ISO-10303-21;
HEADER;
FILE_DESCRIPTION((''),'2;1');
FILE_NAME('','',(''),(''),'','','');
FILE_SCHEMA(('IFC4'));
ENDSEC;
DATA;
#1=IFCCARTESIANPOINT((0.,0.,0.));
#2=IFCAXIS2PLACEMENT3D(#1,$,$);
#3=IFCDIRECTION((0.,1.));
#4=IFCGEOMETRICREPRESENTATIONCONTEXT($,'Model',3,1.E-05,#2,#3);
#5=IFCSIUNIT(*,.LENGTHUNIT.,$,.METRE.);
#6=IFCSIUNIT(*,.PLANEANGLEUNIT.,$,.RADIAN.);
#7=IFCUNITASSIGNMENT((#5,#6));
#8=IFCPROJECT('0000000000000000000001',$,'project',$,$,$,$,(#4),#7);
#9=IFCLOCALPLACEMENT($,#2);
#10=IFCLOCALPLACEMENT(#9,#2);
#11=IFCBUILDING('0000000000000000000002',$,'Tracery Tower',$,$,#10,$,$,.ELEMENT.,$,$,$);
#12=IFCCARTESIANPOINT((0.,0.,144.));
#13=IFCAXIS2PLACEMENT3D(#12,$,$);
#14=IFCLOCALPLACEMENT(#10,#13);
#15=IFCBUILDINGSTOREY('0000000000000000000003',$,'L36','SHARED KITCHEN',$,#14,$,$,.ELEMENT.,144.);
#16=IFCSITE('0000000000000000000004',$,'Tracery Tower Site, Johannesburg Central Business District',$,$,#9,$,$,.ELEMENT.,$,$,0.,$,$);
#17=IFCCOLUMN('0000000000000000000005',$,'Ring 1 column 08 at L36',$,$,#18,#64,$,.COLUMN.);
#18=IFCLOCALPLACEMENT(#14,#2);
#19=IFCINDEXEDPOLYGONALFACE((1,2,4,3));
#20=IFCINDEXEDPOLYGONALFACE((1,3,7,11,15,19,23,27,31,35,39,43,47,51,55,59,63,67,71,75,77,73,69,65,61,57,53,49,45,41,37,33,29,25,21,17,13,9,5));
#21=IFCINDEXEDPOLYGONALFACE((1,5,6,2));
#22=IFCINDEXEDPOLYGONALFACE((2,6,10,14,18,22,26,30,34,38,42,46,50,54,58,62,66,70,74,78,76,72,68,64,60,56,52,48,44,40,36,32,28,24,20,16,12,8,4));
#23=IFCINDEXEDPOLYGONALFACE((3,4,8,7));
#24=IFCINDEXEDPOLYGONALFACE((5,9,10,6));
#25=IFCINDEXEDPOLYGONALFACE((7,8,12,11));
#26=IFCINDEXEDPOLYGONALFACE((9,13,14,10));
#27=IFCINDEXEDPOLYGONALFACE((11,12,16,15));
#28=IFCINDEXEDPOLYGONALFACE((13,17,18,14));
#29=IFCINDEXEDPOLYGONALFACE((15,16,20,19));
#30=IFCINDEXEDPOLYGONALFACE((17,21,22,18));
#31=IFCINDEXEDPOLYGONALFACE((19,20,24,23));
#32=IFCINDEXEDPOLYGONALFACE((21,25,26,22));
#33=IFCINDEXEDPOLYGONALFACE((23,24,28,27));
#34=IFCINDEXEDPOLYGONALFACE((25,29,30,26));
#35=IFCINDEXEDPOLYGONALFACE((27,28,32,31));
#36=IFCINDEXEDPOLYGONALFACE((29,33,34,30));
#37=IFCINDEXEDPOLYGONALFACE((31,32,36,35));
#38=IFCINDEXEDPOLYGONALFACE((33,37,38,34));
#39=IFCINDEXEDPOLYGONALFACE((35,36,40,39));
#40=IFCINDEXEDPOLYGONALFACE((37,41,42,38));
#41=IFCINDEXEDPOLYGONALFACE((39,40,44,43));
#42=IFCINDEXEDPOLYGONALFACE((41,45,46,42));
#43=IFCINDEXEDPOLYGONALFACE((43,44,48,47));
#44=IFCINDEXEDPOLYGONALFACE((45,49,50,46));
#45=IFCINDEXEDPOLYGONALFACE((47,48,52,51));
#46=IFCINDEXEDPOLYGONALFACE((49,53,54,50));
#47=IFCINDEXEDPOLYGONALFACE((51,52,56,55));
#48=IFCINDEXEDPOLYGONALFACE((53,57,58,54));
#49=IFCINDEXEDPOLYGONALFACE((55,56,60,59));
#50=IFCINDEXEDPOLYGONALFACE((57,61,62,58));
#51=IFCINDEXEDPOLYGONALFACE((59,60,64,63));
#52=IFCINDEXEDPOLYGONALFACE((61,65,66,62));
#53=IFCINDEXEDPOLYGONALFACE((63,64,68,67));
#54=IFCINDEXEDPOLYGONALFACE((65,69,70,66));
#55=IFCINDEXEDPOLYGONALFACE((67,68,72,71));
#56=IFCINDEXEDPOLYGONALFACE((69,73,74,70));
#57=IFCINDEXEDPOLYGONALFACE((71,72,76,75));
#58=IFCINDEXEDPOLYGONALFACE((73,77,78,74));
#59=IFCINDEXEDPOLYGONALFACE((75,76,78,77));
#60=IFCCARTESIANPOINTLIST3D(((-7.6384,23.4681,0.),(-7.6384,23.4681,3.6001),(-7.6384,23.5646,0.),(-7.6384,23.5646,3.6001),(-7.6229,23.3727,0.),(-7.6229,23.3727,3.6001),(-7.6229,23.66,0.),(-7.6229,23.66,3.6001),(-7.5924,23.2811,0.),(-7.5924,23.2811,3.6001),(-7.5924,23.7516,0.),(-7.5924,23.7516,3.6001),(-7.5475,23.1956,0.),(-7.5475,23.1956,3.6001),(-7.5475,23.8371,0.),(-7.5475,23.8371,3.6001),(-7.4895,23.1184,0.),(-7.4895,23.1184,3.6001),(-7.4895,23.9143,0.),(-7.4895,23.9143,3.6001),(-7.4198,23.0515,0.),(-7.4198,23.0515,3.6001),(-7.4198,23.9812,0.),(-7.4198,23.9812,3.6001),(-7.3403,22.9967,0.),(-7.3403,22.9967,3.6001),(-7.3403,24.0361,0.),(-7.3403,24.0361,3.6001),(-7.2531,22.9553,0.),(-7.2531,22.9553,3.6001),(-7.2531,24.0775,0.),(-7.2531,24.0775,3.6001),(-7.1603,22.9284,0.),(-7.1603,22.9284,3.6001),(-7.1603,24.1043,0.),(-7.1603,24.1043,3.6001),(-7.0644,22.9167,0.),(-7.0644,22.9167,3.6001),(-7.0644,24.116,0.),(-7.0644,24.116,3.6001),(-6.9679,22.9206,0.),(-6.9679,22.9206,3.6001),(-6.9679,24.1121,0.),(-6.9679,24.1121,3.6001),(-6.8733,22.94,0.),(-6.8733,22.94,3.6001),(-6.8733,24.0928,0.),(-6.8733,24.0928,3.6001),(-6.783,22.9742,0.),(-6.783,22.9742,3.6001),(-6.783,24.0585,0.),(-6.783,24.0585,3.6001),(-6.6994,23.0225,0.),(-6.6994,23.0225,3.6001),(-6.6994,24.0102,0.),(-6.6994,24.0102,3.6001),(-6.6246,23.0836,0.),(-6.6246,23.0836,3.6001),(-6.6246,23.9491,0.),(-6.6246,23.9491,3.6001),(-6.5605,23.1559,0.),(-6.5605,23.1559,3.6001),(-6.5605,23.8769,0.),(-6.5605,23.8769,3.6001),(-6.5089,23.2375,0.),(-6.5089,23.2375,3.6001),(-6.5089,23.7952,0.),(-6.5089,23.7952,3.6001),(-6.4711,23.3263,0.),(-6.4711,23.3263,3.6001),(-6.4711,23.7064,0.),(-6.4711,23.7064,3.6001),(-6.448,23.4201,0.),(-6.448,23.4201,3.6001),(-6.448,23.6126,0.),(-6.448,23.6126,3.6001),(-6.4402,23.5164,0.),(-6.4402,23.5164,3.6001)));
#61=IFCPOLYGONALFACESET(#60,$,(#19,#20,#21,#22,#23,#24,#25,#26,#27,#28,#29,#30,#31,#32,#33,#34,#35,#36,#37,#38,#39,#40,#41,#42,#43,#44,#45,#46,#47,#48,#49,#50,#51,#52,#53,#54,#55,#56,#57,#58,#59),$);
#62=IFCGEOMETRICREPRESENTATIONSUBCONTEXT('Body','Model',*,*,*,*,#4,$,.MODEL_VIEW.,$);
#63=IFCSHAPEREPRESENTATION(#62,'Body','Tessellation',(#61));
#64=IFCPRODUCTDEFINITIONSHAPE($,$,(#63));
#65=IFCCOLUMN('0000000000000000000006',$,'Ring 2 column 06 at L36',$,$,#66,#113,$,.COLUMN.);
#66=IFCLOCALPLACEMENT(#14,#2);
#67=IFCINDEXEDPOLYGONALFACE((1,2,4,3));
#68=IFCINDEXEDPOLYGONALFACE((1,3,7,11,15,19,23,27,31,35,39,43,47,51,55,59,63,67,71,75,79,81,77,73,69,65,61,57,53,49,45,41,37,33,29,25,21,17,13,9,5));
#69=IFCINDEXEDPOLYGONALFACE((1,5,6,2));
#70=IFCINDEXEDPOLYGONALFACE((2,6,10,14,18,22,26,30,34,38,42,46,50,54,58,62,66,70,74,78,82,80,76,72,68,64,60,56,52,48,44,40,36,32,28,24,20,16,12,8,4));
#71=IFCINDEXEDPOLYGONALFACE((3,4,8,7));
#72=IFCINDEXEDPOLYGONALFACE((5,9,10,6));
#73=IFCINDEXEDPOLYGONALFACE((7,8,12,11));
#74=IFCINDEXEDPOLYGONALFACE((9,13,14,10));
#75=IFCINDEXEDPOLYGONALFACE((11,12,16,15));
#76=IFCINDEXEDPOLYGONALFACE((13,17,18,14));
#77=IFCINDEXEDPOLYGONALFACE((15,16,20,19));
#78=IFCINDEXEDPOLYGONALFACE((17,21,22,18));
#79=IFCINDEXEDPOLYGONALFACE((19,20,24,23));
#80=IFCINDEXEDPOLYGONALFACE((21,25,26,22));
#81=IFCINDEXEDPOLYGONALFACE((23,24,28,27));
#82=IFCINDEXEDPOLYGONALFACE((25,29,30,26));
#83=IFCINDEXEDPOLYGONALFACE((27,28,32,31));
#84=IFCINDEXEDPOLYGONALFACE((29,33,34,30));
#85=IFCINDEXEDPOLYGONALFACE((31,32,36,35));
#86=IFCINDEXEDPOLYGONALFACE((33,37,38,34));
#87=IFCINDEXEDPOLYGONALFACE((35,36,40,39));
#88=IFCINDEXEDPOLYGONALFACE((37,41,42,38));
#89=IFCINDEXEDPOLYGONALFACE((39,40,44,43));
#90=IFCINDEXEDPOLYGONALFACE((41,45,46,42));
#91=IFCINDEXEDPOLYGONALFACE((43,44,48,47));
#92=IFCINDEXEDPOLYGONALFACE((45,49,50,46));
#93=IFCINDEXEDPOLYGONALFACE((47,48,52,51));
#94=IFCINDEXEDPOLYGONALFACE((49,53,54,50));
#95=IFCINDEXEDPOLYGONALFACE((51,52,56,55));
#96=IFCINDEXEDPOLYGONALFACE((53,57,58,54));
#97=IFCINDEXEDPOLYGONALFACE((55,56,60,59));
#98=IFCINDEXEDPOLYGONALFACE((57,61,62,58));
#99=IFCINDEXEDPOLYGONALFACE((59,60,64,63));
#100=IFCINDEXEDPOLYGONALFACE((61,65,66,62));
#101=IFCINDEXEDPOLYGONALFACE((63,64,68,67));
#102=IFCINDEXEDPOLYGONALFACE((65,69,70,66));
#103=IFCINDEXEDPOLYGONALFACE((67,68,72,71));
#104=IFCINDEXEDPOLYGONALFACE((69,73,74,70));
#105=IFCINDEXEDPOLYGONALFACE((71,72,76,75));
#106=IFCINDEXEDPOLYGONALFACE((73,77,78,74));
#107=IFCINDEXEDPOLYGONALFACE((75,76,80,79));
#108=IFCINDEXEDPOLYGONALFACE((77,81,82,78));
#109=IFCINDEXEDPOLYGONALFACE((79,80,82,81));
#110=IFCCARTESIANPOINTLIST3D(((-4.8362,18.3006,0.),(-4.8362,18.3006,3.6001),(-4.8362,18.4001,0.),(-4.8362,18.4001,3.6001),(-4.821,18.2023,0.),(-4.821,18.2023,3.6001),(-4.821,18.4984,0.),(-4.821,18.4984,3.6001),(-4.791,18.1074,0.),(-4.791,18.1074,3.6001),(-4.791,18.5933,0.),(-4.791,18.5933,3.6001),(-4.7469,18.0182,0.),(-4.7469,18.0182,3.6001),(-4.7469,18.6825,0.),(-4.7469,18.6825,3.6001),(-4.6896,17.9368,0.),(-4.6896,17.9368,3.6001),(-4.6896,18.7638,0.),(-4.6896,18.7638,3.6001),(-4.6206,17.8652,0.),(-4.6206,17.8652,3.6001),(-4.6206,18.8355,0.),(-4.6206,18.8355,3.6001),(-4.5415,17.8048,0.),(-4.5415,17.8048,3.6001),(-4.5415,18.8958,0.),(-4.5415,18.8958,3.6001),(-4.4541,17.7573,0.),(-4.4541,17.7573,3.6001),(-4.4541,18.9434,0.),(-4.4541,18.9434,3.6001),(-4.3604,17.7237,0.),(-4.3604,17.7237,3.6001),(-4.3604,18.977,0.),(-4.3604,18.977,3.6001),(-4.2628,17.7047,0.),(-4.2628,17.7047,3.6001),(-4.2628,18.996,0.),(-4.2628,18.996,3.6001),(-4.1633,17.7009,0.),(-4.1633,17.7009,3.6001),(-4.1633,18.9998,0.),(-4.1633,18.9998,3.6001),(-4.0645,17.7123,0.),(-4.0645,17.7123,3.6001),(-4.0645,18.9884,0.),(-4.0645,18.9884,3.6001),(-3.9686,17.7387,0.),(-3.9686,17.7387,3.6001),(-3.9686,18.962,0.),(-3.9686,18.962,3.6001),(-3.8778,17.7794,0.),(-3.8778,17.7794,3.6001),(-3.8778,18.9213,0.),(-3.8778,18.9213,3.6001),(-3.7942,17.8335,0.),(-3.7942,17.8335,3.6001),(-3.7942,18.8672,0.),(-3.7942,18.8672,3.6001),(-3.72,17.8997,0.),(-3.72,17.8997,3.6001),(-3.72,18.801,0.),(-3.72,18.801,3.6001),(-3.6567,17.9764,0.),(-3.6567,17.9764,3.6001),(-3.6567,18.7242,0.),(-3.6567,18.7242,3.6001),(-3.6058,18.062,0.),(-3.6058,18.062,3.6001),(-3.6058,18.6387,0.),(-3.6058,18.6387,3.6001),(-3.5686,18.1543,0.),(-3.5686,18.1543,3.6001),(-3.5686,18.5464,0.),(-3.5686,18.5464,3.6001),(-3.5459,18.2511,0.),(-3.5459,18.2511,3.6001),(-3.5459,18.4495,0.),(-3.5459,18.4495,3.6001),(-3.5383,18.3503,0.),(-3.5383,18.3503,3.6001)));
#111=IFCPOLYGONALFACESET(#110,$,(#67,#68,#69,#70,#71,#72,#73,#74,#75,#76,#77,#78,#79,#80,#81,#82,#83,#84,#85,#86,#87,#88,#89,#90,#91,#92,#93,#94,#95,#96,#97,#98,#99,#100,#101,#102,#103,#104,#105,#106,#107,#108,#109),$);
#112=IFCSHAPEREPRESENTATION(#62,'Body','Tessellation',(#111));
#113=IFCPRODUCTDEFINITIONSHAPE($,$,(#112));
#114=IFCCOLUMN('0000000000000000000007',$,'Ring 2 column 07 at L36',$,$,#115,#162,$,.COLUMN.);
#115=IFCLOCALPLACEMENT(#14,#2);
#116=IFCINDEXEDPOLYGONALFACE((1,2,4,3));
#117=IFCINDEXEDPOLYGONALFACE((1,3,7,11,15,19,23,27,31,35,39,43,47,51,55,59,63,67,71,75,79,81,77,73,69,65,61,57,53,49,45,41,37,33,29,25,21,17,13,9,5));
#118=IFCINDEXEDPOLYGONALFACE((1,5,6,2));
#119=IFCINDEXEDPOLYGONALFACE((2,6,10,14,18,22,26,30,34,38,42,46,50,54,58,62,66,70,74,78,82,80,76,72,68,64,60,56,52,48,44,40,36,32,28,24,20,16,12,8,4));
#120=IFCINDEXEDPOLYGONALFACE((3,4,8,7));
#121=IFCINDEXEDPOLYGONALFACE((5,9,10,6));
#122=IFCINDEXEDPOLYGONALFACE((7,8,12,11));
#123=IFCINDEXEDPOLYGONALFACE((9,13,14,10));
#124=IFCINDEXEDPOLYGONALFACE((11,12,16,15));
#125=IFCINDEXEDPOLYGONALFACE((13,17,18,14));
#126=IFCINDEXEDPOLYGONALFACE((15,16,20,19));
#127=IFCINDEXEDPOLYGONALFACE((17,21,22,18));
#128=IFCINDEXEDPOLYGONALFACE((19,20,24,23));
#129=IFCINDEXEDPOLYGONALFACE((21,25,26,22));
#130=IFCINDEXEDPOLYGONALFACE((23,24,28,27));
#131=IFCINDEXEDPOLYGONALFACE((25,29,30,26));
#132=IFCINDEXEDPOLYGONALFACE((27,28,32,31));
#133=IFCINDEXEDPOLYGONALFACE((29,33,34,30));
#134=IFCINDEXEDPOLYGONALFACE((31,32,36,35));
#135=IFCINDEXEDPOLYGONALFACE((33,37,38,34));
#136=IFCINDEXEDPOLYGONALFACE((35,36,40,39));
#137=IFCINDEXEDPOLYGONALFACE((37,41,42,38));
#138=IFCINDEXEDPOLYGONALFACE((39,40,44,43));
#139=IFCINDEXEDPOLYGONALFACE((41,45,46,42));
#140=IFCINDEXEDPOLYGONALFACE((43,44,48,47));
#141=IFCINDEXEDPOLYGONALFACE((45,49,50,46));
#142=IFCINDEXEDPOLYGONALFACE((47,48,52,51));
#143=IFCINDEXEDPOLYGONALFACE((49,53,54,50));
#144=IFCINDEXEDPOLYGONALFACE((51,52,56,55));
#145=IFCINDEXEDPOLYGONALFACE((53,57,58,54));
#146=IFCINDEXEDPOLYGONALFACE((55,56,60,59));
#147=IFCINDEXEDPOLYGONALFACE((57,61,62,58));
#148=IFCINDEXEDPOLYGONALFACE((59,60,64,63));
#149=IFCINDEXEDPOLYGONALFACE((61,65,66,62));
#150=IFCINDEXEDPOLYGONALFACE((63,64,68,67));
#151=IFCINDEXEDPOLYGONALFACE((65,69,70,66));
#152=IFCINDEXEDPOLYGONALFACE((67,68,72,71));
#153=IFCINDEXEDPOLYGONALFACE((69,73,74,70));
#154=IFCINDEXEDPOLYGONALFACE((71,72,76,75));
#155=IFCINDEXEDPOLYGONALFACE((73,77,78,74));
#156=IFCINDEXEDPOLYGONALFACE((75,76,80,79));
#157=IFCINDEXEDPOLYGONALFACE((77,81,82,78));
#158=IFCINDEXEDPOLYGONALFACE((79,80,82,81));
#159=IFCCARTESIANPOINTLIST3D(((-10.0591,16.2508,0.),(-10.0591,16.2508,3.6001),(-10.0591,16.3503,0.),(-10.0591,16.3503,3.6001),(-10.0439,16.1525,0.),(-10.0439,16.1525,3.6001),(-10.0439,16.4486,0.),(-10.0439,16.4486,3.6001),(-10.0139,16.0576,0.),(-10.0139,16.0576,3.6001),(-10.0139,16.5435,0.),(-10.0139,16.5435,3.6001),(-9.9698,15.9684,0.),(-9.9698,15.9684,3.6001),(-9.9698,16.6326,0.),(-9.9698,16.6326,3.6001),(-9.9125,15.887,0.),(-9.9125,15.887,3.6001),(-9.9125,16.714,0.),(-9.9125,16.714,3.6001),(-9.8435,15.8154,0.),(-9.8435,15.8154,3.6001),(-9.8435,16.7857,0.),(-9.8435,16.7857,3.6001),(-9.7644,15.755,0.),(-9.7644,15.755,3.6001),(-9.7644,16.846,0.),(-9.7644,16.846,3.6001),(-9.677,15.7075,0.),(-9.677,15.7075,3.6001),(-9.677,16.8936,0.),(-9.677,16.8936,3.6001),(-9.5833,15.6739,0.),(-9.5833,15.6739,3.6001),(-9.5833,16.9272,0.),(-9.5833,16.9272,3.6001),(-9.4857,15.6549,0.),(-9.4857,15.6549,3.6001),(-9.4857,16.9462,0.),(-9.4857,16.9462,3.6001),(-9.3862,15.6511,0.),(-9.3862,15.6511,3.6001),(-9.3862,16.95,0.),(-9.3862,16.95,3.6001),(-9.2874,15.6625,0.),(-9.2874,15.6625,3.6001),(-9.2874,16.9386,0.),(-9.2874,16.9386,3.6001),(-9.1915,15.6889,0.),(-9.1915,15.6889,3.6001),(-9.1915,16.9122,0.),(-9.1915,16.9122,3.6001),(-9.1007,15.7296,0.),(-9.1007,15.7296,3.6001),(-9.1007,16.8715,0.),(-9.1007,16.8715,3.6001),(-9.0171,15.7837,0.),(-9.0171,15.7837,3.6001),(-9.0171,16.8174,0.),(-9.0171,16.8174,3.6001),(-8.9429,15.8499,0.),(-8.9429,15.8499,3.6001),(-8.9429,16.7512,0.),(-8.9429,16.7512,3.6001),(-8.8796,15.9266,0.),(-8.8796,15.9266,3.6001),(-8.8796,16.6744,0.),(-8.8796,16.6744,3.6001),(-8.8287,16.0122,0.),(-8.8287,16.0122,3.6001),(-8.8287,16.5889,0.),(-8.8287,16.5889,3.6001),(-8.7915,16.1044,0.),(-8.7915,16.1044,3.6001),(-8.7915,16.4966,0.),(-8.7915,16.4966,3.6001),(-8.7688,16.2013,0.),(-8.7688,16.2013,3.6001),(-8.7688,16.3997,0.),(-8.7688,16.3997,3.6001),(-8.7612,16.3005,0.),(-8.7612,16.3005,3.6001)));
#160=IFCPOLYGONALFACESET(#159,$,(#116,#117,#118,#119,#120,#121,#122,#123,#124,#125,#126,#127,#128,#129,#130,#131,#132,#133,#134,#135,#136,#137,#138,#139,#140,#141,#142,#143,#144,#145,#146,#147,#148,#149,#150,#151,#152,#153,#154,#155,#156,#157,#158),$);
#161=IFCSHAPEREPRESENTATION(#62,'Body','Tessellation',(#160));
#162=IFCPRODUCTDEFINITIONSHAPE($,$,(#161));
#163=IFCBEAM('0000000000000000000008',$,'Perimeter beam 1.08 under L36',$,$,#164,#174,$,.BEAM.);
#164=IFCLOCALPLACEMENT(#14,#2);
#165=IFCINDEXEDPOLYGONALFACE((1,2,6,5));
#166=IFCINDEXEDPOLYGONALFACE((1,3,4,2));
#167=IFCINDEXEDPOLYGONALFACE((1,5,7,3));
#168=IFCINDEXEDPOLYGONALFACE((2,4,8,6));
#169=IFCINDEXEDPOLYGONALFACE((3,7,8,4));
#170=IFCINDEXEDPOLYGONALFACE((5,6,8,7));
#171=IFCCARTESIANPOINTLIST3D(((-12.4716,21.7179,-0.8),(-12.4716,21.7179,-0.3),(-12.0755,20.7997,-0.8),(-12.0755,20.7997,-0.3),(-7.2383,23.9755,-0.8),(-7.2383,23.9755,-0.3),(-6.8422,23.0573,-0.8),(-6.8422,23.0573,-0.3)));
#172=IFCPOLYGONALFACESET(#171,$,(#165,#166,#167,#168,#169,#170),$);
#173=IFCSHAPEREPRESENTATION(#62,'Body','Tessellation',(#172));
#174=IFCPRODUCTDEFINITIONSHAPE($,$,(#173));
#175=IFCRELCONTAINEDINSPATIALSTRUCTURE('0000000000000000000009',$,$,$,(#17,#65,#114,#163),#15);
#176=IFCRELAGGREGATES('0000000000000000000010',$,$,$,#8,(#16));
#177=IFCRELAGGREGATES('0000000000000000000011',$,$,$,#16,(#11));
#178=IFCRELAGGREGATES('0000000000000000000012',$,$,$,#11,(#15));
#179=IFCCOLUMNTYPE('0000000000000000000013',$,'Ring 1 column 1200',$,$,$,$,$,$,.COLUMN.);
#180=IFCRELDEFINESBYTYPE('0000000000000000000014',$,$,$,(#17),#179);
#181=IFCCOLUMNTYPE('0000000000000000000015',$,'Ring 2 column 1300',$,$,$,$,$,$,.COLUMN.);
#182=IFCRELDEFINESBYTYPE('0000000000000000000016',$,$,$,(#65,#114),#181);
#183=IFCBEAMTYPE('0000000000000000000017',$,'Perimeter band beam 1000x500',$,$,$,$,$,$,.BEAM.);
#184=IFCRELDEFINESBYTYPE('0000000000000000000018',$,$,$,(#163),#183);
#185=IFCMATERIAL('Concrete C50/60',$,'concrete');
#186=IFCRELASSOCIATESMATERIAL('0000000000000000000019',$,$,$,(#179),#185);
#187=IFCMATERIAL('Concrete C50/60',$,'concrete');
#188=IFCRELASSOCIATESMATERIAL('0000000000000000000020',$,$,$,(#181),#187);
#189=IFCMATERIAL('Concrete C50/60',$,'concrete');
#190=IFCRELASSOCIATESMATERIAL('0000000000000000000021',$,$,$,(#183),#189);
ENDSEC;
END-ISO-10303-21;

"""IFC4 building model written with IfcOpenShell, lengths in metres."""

from ifc_helpers import new_model, si_unit, direction, frame, origin, origin_2d, place, context, subcontext, project, spatial, rectangle, circle, extrude, material, material_profile, profile_set, type_object, element, save


model = new_model("IFC4")

# Units and contexts
model_context = context("Model", 3, precision=1e-05, world=origin(), true_north=direction((0.0, 1.0)))
body_context = subcontext(model_context, "Body", "Model", "MODEL_VIEW")
ifc_project = project(units=[si_unit("LENGTHUNIT", "METRE"), si_unit("PLANEANGLEUNIT", "RADIAN")], contexts=[model_context])

# Site, building, storey
site_placement = place(None, origin())
site = spatial("IfcSite", under=ifc_project, at=site_placement, Name="Tracery Tower Site, Johannesburg Central Business District", CompositionType="ELEMENT", RefElevation=0.0)
building_placement = place(site_placement, origin())
building = spatial("IfcBuilding", under=site, at=building_placement, Name="Tracery Tower", CompositionType="ELEMENT")
storey_placement = place(building_placement, frame((0.0, 0.0, 144.0)))
storey = spatial("IfcBuildingStorey", under=building, at=storey_placement, Name="L36", Description="SHARED KITCHEN", CompositionType="ELEMENT", Elevation=144.0)

# Columns
ifc_material_1 = material(Name="Concrete C50/60", Category="concrete")
ifc_material_profile_1 = material_profile(ifc_material_1, circle(Radius=0.6001, at=origin_2d()), Name="RC D1200")
ifc_profile_set_1 = profile_set([ifc_material_profile_1], Name="Concrete C50/60")
column_type_1 = type_object("IfcColumnType", Name="Ring 1 column 1200", PredefinedType="COLUMN", material=ifc_profile_set_1)
column_placement = place(storey_placement, frame((-7.0403, 23.5164, 0.0), z_axis=(0.0, 0.0, 1.0), x_axis=(1.0, 0.0, 0.0)))
element("IfcColumn", 1, at=column_placement, inside=storey, type_object=column_type_1, Name="Ring 1 column 08 at L36", PredefinedType="COLUMN", context=body_context, shape_type="SweptSolid", body=[
    extrude(circle(Radius=0.6001, at=origin_2d()), origin(), (0.0, 0.0, 1.0), 3.6001),
])
ifc_material_2 = material(Name="Concrete C50/60", Category="concrete")
ifc_material_profile_2 = material_profile(ifc_material_2, circle(Radius=0.6499, at=origin_2d()), Name="RC D1300")
ifc_profile_set_2 = profile_set([ifc_material_profile_2], Name="Concrete C50/60")
column_type_2 = type_object("IfcColumnType", Name="Ring 2 column 1300", PredefinedType="COLUMN", material=ifc_profile_set_2)
for number, where, z_axis, x_axis, name in (
    (2, (-4.1882, 18.3503, 0.0), (0.0, 0.0, 1.0), (1.0, 0.0, 0.0), "Ring 2 column 06 at L36"),
    (3, (-9.4111, 16.3005, 0.0), (0.0, 0.0, 1.0), (1.0, 0.0, 0.0), "Ring 2 column 07 at L36"),
):
    element("IfcColumn", number, at=place(storey_placement, frame(where, z_axis=z_axis, x_axis=x_axis)), inside=storey, type_object=column_type_2, Name=name, PredefinedType="COLUMN", context=body_context, shape_type="SweptSolid", body=[
        extrude(circle(Radius=0.6499, at=origin_2d()), origin(), (0.0, 0.0, 1.0), 3.6001),
    ])

# Beam
ifc_material_3 = material(Name="Concrete C50/60", Category="concrete")
ifc_material_profile_3 = material_profile(ifc_material_3, rectangle(XDim=1.0, YDim=0.5, at=origin_2d()), Name="RC 1000x500")
ifc_profile_set_3 = profile_set([ifc_material_profile_3], Name="Concrete C50/60")
beam_type = type_object("IfcBeamType", Name="Perimeter band beam 1000x500", PredefinedType="BEAM", material=ifc_profile_set_3)
beam_placement = place(storey_placement, frame((-7.0403, 23.5164, -0.55), z_axis=(-0.91821, -0.396095, 0.0), x_axis=(0.396095, -0.91821, 0.0)))
element("IfcBeam", 4, at=beam_placement, inside=storey, type_object=beam_type, Name="Perimeter beam 1.08 under L36", PredefinedType="BEAM", context=body_context, shape_type="SweptSolid", body=[
    extrude(rectangle(XDim=1.0, YDim=0.5, at=origin_2d()), origin(), (0.0, 0.0, 1.0), 5.6995),
])

save(model, "model.ifc")
